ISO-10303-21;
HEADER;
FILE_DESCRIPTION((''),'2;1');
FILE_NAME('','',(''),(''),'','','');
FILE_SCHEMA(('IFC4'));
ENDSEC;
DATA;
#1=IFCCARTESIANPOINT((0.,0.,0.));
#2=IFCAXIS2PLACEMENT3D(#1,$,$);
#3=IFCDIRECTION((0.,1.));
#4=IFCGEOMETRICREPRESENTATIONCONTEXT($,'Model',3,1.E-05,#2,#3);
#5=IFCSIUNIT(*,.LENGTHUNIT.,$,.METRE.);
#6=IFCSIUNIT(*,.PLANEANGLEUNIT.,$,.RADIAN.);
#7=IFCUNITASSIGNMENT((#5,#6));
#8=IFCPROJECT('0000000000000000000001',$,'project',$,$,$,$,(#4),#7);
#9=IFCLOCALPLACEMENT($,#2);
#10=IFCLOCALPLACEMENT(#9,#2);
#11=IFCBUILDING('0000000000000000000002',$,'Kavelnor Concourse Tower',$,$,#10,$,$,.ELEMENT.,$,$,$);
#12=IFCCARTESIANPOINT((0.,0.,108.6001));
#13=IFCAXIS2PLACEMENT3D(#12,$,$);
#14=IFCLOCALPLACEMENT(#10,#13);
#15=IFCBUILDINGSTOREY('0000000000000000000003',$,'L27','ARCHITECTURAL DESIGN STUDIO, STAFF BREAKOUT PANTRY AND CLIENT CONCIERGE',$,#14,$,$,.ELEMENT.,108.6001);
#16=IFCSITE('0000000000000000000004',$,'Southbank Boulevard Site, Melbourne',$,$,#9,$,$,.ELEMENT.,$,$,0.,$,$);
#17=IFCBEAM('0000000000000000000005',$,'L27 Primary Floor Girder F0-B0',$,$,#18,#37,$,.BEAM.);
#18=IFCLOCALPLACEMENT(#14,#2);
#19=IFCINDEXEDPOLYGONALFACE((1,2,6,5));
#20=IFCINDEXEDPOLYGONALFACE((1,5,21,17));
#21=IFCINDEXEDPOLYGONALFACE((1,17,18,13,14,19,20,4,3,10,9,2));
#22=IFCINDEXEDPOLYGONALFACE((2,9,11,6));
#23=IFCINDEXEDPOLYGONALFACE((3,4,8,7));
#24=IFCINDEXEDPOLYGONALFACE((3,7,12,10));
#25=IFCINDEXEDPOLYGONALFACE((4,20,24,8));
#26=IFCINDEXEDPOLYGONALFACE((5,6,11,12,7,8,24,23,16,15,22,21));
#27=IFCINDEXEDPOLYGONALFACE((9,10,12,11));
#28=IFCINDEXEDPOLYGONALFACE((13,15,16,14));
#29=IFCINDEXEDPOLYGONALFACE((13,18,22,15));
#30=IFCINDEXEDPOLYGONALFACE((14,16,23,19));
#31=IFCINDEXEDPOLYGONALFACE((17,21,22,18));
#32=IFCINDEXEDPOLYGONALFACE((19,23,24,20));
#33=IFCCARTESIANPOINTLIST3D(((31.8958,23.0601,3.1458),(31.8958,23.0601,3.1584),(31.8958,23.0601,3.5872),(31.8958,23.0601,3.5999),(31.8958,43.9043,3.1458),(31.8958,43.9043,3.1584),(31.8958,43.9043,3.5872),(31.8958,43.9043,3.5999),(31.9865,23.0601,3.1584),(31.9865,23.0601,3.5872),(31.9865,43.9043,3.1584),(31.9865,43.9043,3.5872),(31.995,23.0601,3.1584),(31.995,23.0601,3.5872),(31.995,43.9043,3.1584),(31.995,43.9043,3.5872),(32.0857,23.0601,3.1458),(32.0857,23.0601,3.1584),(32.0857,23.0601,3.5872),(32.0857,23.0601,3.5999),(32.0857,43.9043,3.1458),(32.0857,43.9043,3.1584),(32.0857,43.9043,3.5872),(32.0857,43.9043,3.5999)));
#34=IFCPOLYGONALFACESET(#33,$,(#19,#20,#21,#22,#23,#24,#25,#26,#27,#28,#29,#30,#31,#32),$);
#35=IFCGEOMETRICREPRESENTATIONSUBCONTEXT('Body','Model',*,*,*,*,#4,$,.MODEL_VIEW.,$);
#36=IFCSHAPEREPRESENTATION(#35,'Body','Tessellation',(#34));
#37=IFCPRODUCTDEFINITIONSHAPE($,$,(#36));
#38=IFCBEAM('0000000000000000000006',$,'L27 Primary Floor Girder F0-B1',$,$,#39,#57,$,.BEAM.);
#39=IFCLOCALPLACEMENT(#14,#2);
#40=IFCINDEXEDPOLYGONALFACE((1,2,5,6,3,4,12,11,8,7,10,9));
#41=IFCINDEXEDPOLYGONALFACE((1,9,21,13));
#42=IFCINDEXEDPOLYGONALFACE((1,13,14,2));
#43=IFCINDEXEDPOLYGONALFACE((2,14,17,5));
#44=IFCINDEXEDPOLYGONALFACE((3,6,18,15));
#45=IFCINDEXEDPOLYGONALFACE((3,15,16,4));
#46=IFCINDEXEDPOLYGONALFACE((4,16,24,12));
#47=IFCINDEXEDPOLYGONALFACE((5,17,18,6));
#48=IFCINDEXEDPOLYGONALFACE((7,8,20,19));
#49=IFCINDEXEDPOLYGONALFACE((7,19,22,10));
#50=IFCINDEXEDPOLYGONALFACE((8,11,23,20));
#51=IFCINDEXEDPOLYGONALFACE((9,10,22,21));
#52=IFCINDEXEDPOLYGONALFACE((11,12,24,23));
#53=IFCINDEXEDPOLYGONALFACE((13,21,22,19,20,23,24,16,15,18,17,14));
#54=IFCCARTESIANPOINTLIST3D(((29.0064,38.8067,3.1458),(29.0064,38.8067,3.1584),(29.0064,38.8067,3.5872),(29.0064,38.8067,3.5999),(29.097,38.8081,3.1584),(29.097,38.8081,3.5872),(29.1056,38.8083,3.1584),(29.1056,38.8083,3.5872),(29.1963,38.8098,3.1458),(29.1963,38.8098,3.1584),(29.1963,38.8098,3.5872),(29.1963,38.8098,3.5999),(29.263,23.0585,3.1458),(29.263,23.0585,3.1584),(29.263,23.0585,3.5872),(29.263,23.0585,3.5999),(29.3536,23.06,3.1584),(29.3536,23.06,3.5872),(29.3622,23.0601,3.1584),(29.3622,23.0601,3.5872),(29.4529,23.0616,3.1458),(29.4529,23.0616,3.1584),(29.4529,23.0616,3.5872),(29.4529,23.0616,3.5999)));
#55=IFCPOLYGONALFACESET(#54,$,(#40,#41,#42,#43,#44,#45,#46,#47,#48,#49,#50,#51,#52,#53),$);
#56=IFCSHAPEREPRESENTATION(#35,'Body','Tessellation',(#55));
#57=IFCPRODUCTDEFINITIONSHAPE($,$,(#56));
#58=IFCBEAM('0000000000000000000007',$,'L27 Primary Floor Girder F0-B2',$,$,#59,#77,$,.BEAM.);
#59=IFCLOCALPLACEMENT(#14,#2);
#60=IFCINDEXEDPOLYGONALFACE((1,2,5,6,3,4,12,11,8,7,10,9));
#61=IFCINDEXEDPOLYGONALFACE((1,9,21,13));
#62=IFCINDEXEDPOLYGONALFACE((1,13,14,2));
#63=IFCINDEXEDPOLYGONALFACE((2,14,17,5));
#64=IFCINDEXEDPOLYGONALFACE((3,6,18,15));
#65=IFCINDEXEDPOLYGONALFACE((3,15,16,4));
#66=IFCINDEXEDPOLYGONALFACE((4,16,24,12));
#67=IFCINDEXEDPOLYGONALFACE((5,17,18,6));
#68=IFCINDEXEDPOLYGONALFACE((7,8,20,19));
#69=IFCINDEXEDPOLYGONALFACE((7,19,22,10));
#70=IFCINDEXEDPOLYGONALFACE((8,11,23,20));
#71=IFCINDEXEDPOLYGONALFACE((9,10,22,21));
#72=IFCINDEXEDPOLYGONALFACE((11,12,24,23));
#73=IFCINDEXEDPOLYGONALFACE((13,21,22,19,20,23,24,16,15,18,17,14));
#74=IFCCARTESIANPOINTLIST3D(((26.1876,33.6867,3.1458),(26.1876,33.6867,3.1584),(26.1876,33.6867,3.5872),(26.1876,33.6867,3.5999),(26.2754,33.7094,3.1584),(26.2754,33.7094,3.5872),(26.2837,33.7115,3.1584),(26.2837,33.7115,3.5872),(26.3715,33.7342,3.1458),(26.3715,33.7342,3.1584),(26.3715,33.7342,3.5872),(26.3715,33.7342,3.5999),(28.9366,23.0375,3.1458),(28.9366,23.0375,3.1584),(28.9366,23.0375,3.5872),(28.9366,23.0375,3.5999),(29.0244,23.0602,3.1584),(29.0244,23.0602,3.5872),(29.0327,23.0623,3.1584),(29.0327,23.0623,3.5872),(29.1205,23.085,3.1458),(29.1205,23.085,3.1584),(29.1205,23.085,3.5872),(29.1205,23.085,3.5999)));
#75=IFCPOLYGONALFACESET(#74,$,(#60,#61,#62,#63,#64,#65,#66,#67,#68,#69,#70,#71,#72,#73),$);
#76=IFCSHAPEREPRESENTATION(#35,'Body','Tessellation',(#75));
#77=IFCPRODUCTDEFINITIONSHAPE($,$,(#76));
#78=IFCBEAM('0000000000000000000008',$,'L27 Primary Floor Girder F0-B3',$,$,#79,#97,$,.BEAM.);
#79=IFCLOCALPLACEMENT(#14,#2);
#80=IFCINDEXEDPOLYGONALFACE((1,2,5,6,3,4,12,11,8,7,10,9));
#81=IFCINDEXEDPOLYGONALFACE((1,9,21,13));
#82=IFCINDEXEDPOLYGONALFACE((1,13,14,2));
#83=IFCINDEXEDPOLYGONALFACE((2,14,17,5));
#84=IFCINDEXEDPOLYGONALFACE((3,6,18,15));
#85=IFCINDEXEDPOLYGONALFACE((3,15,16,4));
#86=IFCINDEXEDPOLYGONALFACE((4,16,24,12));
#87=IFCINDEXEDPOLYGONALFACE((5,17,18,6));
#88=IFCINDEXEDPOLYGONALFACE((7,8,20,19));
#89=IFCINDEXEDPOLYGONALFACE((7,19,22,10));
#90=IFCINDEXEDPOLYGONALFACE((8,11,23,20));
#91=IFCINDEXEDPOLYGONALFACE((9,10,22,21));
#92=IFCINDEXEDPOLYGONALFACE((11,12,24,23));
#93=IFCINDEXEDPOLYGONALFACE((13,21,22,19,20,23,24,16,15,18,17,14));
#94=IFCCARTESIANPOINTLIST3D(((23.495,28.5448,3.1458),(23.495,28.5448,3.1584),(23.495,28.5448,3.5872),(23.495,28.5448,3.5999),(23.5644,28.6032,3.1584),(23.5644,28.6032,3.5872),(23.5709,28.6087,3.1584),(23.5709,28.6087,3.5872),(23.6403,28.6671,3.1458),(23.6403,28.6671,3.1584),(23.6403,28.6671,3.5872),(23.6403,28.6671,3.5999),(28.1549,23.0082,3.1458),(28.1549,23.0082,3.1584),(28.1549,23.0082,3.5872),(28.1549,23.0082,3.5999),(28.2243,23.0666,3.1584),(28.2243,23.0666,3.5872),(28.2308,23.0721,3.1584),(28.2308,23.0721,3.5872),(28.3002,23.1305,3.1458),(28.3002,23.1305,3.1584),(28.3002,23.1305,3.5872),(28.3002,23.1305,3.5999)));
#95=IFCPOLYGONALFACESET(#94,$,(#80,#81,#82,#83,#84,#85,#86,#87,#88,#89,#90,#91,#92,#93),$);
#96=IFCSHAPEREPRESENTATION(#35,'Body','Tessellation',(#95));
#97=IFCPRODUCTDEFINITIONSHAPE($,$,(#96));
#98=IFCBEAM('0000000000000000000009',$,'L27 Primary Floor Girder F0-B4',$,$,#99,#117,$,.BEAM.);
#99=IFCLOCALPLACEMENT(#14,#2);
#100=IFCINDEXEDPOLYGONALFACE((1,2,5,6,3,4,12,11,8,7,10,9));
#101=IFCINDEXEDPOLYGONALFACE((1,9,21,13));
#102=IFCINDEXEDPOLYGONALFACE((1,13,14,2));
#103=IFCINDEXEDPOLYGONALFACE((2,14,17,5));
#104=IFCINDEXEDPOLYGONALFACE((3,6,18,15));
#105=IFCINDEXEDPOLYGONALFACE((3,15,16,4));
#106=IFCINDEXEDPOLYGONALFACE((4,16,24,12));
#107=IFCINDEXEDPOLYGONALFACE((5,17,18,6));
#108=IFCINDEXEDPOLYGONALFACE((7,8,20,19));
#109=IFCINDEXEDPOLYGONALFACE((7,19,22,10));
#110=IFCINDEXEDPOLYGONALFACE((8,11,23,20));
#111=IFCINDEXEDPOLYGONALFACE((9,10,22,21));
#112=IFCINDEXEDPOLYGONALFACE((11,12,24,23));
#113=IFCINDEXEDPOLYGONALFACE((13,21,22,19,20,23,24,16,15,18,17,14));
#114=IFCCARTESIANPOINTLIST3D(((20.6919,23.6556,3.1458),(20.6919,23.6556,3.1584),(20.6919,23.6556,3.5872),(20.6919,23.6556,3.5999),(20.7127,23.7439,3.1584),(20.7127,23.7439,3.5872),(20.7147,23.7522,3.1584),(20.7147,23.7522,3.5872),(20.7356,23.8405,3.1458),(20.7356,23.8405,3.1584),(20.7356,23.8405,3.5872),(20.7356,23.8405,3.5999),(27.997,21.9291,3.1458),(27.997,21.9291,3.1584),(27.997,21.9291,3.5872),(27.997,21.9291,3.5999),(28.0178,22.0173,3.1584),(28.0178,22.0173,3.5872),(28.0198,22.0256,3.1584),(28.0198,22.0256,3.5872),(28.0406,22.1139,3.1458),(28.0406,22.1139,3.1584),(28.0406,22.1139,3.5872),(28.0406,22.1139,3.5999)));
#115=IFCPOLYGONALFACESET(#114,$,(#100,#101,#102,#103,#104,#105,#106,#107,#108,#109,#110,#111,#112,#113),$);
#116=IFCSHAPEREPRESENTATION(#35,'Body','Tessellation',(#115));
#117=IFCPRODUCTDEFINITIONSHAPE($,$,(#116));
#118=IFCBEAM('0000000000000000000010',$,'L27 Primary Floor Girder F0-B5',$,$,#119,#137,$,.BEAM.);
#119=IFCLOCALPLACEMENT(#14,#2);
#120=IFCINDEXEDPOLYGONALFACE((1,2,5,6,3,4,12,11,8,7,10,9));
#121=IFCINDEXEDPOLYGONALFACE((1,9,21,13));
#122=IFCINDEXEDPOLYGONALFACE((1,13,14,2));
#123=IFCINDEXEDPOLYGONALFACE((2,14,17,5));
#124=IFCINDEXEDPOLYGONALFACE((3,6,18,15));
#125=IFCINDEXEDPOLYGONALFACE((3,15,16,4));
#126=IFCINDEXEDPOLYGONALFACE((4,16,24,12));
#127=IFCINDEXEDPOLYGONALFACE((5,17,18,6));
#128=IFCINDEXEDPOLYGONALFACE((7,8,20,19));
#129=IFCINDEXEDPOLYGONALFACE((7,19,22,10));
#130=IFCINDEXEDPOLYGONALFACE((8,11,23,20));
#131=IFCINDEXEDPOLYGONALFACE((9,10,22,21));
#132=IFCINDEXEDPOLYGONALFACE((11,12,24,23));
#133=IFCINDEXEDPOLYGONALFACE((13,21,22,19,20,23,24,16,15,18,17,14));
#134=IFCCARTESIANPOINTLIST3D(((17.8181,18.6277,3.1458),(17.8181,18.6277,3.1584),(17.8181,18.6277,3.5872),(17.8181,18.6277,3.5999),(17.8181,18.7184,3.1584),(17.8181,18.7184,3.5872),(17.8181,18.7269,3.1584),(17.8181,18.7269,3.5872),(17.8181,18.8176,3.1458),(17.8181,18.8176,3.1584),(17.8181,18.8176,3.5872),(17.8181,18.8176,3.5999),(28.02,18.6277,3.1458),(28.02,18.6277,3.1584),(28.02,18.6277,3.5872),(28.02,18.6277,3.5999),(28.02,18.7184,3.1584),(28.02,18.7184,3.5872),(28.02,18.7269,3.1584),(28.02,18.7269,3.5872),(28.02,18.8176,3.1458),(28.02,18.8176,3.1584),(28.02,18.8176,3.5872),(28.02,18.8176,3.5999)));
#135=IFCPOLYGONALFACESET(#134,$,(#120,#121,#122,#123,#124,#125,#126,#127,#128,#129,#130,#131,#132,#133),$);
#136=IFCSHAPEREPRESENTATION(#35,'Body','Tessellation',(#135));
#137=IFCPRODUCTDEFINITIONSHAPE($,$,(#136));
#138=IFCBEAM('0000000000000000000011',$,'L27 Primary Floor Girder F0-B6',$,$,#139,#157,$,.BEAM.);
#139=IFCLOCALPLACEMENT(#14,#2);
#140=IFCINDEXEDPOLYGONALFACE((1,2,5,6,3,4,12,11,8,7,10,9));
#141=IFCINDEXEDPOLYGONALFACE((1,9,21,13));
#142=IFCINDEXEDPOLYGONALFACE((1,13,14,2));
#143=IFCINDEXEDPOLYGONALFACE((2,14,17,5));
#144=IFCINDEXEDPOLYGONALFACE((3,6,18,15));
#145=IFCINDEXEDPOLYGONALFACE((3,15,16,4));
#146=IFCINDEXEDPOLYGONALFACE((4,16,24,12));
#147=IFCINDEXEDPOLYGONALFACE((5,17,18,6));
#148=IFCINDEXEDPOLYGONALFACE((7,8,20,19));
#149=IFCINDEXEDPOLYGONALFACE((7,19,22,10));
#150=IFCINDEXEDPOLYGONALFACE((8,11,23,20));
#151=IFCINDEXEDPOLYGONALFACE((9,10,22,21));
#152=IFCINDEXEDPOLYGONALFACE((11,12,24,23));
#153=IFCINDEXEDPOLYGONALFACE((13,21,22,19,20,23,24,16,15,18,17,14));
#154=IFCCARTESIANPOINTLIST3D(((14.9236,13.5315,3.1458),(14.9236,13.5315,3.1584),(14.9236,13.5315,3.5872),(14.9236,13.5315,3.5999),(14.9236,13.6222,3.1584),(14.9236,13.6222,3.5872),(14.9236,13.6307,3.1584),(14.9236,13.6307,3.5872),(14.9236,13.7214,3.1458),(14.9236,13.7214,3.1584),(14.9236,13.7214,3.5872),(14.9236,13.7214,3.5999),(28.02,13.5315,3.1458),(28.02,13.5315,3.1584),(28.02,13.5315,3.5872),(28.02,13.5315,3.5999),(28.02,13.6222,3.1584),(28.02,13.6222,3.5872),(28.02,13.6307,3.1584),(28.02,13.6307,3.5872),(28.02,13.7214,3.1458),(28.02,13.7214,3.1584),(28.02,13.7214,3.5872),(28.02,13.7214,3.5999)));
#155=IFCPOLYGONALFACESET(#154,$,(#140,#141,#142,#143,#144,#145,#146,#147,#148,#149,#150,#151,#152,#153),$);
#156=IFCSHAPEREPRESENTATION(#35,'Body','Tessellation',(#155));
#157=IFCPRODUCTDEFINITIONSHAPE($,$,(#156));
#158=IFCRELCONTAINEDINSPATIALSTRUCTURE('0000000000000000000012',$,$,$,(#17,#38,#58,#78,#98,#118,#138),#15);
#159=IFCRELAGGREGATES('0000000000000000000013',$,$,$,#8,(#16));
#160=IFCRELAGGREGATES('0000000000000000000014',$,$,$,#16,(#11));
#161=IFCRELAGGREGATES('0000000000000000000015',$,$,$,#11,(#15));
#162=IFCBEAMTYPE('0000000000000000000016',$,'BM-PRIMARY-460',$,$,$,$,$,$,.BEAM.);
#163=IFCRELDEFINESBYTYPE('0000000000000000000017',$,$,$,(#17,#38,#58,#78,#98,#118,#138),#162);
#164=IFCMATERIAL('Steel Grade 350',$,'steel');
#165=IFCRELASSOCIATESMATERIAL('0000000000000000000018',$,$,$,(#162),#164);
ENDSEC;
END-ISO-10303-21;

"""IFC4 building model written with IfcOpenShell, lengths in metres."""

from ifc_helpers import new_model, si_unit, direction, frame, origin, origin_2d, place, context, subcontext, project, spatial, i_section, extrude, material, material_profile, profile_set, type_object, element, save


model = new_model("IFC4")

# Units and contexts
model_context = context("Model", 3, precision=1e-05, world=origin(), true_north=direction((0.0, 1.0)))
body_context = subcontext(model_context, "Body", "Model", "MODEL_VIEW")
ifc_project = project(units=[si_unit("LENGTHUNIT", "METRE"), si_unit("PLANEANGLEUNIT", "RADIAN")], contexts=[model_context])

# Site, building, storey
site_placement = place(None, origin())
site = spatial("IfcSite", under=ifc_project, at=site_placement, Name="Southbank Boulevard Site, Melbourne", CompositionType="ELEMENT", RefElevation=0.0)
building_placement = place(site_placement, origin())
building = spatial("IfcBuilding", under=site, at=building_placement, Name="Kavelnor Concourse Tower", CompositionType="ELEMENT")
storey_placement = place(building_placement, frame((0.0, 0.0, 108.6001)))
storey = spatial("IfcBuildingStorey", under=building, at=storey_placement, Name="L27", Description="ARCHITECTURAL DESIGN STUDIO, STAFF BREAKOUT PANTRY AND CLIENT CONCIERGE", CompositionType="ELEMENT", Elevation=108.6001)

# Beams
ifc_material_1 = material(Name="Steel Grade 350", Category="steel")
ifc_material_profile = material_profile(ifc_material_1, i_section(OverallWidth=0.1899, OverallDepth=0.4541, WebThickness=0.0085, FlangeThickness=0.0127, at=origin_2d()), Name="460UB67")
ifc_profile_set = profile_set([ifc_material_profile], Name="Steel Grade 350")
beam_type = type_object("IfcBeamType", Name="BM-PRIMARY-460", PredefinedType="BEAM", material=ifc_profile_set)
beam_1_placement = place(storey_placement, frame((31.9907, 23.0601, 3.3728), z_axis=(0.0, 1.0, 0.0), x_axis=(-1.0, 0.0, 0.0)))
element("IfcBeam", 1, at=beam_1_placement, inside=storey, type_object=beam_type, Name="L27 Primary Floor Girder F0-B0", PredefinedType="BEAM", context=body_context, shape_type="SweptSolid", body=[
    extrude(i_section(OverallWidth=0.1899, OverallDepth=0.4541, WebThickness=0.0085, FlangeThickness=0.0127, at=origin_2d()), origin(), (0.0, 0.0, 1.0), 20.8442),
])
beam_2_placement = place(storey_placement, frame((29.3579, 23.0601, 3.3728), z_axis=(-0.016291, 0.999867, 0.0), x_axis=(-0.999867, -0.016291, 0.0)))
element("IfcBeam", 2, at=beam_2_placement, inside=storey, type_object=beam_type, Name="L27 Primary Floor Girder F0-B1", PredefinedType="BEAM", context=body_context, shape_type="SweptSolid", body=[
    extrude(i_section(OverallWidth=0.1899, OverallDepth=0.4541, WebThickness=0.0085, FlangeThickness=0.0127, at=origin_2d()), origin(), (0.0, 0.0, 1.0), 15.7502),
])
beam_3_placement = place(storey_placement, frame((29.0286, 23.0613, 3.3728), z_axis=(-0.249951, 0.968259, 0.0), x_axis=(-0.968259, -0.249951, 0.0)))
element("IfcBeam", 3, at=beam_3_placement, inside=storey, type_object=beam_type, Name="L27 Primary Floor Girder F0-B2", PredefinedType="BEAM", context=body_context, shape_type="SweptSolid", body=[
    extrude(i_section(OverallWidth=0.1899, OverallDepth=0.4541, WebThickness=0.0085, FlangeThickness=0.0127, at=origin_2d()), origin(), (0.0, 0.0, 1.0), 10.9983),
])
beam_4_placement = place(storey_placement, frame((28.2275, 23.0693, 3.3728), z_axis=(-0.643933, 0.765082, 0.0), x_axis=(-0.765082, -0.643933, 0.0)))
element("IfcBeam", 4, at=beam_4_placement, inside=storey, type_object=beam_type, Name="L27 Primary Floor Girder F0-B3", PredefinedType="BEAM", context=body_context, shape_type="SweptSolid", body=[
    extrude(i_section(OverallWidth=0.1899, OverallDepth=0.4541, WebThickness=0.0085, FlangeThickness=0.0127, at=origin_2d()), origin(), (0.0, 0.0, 1.0), 7.2366),
])
beam_5_placement = place(storey_placement, frame((28.0188, 22.0215, 3.3728), z_axis=(-0.973188, 0.230011, 0.0), x_axis=(-0.230011, -0.973188, 0.0)))
element("IfcBeam", 5, at=beam_5_placement, inside=storey, type_object=beam_type, Name="L27 Primary Floor Girder F0-B4", PredefinedType="BEAM", context=body_context, shape_type="SweptSolid", body=[
    extrude(i_section(OverallWidth=0.1899, OverallDepth=0.4541, WebThickness=0.0085, FlangeThickness=0.0127, at=origin_2d()), origin(), (0.0, 0.0, 1.0), 7.5063),
])
beam_6_placement = place(storey_placement, frame((28.02, 18.7227, 3.3728), z_axis=(-1.0, 0.0, 0.0), x_axis=(0.0, -1.0, 0.0)))
element("IfcBeam", 6, at=beam_6_placement, inside=storey, type_object=beam_type, Name="L27 Primary Floor Girder F0-B5", PredefinedType="BEAM", context=body_context, shape_type="SweptSolid", body=[
    extrude(i_section(OverallWidth=0.1899, OverallDepth=0.4541, WebThickness=0.0085, FlangeThickness=0.0127, at=origin_2d()), origin(), (0.0, 0.0, 1.0), 10.2019),
])
beam_7_placement = place(storey_placement, frame((28.02, 13.6265, 3.3728), z_axis=(-1.0, 0.0, 0.0), x_axis=(0.0, -1.0, 0.0)))
element("IfcBeam", 7, at=beam_7_placement, inside=storey, type_object=beam_type, Name="L27 Primary Floor Girder F0-B6", PredefinedType="BEAM", context=body_context, shape_type="SweptSolid", body=[
    extrude(i_section(OverallWidth=0.1899, OverallDepth=0.4541, WebThickness=0.0085, FlangeThickness=0.0127, at=origin_2d()), origin(), (0.0, 0.0, 1.0), 13.0964),
])

save(model, "model.ifc")
